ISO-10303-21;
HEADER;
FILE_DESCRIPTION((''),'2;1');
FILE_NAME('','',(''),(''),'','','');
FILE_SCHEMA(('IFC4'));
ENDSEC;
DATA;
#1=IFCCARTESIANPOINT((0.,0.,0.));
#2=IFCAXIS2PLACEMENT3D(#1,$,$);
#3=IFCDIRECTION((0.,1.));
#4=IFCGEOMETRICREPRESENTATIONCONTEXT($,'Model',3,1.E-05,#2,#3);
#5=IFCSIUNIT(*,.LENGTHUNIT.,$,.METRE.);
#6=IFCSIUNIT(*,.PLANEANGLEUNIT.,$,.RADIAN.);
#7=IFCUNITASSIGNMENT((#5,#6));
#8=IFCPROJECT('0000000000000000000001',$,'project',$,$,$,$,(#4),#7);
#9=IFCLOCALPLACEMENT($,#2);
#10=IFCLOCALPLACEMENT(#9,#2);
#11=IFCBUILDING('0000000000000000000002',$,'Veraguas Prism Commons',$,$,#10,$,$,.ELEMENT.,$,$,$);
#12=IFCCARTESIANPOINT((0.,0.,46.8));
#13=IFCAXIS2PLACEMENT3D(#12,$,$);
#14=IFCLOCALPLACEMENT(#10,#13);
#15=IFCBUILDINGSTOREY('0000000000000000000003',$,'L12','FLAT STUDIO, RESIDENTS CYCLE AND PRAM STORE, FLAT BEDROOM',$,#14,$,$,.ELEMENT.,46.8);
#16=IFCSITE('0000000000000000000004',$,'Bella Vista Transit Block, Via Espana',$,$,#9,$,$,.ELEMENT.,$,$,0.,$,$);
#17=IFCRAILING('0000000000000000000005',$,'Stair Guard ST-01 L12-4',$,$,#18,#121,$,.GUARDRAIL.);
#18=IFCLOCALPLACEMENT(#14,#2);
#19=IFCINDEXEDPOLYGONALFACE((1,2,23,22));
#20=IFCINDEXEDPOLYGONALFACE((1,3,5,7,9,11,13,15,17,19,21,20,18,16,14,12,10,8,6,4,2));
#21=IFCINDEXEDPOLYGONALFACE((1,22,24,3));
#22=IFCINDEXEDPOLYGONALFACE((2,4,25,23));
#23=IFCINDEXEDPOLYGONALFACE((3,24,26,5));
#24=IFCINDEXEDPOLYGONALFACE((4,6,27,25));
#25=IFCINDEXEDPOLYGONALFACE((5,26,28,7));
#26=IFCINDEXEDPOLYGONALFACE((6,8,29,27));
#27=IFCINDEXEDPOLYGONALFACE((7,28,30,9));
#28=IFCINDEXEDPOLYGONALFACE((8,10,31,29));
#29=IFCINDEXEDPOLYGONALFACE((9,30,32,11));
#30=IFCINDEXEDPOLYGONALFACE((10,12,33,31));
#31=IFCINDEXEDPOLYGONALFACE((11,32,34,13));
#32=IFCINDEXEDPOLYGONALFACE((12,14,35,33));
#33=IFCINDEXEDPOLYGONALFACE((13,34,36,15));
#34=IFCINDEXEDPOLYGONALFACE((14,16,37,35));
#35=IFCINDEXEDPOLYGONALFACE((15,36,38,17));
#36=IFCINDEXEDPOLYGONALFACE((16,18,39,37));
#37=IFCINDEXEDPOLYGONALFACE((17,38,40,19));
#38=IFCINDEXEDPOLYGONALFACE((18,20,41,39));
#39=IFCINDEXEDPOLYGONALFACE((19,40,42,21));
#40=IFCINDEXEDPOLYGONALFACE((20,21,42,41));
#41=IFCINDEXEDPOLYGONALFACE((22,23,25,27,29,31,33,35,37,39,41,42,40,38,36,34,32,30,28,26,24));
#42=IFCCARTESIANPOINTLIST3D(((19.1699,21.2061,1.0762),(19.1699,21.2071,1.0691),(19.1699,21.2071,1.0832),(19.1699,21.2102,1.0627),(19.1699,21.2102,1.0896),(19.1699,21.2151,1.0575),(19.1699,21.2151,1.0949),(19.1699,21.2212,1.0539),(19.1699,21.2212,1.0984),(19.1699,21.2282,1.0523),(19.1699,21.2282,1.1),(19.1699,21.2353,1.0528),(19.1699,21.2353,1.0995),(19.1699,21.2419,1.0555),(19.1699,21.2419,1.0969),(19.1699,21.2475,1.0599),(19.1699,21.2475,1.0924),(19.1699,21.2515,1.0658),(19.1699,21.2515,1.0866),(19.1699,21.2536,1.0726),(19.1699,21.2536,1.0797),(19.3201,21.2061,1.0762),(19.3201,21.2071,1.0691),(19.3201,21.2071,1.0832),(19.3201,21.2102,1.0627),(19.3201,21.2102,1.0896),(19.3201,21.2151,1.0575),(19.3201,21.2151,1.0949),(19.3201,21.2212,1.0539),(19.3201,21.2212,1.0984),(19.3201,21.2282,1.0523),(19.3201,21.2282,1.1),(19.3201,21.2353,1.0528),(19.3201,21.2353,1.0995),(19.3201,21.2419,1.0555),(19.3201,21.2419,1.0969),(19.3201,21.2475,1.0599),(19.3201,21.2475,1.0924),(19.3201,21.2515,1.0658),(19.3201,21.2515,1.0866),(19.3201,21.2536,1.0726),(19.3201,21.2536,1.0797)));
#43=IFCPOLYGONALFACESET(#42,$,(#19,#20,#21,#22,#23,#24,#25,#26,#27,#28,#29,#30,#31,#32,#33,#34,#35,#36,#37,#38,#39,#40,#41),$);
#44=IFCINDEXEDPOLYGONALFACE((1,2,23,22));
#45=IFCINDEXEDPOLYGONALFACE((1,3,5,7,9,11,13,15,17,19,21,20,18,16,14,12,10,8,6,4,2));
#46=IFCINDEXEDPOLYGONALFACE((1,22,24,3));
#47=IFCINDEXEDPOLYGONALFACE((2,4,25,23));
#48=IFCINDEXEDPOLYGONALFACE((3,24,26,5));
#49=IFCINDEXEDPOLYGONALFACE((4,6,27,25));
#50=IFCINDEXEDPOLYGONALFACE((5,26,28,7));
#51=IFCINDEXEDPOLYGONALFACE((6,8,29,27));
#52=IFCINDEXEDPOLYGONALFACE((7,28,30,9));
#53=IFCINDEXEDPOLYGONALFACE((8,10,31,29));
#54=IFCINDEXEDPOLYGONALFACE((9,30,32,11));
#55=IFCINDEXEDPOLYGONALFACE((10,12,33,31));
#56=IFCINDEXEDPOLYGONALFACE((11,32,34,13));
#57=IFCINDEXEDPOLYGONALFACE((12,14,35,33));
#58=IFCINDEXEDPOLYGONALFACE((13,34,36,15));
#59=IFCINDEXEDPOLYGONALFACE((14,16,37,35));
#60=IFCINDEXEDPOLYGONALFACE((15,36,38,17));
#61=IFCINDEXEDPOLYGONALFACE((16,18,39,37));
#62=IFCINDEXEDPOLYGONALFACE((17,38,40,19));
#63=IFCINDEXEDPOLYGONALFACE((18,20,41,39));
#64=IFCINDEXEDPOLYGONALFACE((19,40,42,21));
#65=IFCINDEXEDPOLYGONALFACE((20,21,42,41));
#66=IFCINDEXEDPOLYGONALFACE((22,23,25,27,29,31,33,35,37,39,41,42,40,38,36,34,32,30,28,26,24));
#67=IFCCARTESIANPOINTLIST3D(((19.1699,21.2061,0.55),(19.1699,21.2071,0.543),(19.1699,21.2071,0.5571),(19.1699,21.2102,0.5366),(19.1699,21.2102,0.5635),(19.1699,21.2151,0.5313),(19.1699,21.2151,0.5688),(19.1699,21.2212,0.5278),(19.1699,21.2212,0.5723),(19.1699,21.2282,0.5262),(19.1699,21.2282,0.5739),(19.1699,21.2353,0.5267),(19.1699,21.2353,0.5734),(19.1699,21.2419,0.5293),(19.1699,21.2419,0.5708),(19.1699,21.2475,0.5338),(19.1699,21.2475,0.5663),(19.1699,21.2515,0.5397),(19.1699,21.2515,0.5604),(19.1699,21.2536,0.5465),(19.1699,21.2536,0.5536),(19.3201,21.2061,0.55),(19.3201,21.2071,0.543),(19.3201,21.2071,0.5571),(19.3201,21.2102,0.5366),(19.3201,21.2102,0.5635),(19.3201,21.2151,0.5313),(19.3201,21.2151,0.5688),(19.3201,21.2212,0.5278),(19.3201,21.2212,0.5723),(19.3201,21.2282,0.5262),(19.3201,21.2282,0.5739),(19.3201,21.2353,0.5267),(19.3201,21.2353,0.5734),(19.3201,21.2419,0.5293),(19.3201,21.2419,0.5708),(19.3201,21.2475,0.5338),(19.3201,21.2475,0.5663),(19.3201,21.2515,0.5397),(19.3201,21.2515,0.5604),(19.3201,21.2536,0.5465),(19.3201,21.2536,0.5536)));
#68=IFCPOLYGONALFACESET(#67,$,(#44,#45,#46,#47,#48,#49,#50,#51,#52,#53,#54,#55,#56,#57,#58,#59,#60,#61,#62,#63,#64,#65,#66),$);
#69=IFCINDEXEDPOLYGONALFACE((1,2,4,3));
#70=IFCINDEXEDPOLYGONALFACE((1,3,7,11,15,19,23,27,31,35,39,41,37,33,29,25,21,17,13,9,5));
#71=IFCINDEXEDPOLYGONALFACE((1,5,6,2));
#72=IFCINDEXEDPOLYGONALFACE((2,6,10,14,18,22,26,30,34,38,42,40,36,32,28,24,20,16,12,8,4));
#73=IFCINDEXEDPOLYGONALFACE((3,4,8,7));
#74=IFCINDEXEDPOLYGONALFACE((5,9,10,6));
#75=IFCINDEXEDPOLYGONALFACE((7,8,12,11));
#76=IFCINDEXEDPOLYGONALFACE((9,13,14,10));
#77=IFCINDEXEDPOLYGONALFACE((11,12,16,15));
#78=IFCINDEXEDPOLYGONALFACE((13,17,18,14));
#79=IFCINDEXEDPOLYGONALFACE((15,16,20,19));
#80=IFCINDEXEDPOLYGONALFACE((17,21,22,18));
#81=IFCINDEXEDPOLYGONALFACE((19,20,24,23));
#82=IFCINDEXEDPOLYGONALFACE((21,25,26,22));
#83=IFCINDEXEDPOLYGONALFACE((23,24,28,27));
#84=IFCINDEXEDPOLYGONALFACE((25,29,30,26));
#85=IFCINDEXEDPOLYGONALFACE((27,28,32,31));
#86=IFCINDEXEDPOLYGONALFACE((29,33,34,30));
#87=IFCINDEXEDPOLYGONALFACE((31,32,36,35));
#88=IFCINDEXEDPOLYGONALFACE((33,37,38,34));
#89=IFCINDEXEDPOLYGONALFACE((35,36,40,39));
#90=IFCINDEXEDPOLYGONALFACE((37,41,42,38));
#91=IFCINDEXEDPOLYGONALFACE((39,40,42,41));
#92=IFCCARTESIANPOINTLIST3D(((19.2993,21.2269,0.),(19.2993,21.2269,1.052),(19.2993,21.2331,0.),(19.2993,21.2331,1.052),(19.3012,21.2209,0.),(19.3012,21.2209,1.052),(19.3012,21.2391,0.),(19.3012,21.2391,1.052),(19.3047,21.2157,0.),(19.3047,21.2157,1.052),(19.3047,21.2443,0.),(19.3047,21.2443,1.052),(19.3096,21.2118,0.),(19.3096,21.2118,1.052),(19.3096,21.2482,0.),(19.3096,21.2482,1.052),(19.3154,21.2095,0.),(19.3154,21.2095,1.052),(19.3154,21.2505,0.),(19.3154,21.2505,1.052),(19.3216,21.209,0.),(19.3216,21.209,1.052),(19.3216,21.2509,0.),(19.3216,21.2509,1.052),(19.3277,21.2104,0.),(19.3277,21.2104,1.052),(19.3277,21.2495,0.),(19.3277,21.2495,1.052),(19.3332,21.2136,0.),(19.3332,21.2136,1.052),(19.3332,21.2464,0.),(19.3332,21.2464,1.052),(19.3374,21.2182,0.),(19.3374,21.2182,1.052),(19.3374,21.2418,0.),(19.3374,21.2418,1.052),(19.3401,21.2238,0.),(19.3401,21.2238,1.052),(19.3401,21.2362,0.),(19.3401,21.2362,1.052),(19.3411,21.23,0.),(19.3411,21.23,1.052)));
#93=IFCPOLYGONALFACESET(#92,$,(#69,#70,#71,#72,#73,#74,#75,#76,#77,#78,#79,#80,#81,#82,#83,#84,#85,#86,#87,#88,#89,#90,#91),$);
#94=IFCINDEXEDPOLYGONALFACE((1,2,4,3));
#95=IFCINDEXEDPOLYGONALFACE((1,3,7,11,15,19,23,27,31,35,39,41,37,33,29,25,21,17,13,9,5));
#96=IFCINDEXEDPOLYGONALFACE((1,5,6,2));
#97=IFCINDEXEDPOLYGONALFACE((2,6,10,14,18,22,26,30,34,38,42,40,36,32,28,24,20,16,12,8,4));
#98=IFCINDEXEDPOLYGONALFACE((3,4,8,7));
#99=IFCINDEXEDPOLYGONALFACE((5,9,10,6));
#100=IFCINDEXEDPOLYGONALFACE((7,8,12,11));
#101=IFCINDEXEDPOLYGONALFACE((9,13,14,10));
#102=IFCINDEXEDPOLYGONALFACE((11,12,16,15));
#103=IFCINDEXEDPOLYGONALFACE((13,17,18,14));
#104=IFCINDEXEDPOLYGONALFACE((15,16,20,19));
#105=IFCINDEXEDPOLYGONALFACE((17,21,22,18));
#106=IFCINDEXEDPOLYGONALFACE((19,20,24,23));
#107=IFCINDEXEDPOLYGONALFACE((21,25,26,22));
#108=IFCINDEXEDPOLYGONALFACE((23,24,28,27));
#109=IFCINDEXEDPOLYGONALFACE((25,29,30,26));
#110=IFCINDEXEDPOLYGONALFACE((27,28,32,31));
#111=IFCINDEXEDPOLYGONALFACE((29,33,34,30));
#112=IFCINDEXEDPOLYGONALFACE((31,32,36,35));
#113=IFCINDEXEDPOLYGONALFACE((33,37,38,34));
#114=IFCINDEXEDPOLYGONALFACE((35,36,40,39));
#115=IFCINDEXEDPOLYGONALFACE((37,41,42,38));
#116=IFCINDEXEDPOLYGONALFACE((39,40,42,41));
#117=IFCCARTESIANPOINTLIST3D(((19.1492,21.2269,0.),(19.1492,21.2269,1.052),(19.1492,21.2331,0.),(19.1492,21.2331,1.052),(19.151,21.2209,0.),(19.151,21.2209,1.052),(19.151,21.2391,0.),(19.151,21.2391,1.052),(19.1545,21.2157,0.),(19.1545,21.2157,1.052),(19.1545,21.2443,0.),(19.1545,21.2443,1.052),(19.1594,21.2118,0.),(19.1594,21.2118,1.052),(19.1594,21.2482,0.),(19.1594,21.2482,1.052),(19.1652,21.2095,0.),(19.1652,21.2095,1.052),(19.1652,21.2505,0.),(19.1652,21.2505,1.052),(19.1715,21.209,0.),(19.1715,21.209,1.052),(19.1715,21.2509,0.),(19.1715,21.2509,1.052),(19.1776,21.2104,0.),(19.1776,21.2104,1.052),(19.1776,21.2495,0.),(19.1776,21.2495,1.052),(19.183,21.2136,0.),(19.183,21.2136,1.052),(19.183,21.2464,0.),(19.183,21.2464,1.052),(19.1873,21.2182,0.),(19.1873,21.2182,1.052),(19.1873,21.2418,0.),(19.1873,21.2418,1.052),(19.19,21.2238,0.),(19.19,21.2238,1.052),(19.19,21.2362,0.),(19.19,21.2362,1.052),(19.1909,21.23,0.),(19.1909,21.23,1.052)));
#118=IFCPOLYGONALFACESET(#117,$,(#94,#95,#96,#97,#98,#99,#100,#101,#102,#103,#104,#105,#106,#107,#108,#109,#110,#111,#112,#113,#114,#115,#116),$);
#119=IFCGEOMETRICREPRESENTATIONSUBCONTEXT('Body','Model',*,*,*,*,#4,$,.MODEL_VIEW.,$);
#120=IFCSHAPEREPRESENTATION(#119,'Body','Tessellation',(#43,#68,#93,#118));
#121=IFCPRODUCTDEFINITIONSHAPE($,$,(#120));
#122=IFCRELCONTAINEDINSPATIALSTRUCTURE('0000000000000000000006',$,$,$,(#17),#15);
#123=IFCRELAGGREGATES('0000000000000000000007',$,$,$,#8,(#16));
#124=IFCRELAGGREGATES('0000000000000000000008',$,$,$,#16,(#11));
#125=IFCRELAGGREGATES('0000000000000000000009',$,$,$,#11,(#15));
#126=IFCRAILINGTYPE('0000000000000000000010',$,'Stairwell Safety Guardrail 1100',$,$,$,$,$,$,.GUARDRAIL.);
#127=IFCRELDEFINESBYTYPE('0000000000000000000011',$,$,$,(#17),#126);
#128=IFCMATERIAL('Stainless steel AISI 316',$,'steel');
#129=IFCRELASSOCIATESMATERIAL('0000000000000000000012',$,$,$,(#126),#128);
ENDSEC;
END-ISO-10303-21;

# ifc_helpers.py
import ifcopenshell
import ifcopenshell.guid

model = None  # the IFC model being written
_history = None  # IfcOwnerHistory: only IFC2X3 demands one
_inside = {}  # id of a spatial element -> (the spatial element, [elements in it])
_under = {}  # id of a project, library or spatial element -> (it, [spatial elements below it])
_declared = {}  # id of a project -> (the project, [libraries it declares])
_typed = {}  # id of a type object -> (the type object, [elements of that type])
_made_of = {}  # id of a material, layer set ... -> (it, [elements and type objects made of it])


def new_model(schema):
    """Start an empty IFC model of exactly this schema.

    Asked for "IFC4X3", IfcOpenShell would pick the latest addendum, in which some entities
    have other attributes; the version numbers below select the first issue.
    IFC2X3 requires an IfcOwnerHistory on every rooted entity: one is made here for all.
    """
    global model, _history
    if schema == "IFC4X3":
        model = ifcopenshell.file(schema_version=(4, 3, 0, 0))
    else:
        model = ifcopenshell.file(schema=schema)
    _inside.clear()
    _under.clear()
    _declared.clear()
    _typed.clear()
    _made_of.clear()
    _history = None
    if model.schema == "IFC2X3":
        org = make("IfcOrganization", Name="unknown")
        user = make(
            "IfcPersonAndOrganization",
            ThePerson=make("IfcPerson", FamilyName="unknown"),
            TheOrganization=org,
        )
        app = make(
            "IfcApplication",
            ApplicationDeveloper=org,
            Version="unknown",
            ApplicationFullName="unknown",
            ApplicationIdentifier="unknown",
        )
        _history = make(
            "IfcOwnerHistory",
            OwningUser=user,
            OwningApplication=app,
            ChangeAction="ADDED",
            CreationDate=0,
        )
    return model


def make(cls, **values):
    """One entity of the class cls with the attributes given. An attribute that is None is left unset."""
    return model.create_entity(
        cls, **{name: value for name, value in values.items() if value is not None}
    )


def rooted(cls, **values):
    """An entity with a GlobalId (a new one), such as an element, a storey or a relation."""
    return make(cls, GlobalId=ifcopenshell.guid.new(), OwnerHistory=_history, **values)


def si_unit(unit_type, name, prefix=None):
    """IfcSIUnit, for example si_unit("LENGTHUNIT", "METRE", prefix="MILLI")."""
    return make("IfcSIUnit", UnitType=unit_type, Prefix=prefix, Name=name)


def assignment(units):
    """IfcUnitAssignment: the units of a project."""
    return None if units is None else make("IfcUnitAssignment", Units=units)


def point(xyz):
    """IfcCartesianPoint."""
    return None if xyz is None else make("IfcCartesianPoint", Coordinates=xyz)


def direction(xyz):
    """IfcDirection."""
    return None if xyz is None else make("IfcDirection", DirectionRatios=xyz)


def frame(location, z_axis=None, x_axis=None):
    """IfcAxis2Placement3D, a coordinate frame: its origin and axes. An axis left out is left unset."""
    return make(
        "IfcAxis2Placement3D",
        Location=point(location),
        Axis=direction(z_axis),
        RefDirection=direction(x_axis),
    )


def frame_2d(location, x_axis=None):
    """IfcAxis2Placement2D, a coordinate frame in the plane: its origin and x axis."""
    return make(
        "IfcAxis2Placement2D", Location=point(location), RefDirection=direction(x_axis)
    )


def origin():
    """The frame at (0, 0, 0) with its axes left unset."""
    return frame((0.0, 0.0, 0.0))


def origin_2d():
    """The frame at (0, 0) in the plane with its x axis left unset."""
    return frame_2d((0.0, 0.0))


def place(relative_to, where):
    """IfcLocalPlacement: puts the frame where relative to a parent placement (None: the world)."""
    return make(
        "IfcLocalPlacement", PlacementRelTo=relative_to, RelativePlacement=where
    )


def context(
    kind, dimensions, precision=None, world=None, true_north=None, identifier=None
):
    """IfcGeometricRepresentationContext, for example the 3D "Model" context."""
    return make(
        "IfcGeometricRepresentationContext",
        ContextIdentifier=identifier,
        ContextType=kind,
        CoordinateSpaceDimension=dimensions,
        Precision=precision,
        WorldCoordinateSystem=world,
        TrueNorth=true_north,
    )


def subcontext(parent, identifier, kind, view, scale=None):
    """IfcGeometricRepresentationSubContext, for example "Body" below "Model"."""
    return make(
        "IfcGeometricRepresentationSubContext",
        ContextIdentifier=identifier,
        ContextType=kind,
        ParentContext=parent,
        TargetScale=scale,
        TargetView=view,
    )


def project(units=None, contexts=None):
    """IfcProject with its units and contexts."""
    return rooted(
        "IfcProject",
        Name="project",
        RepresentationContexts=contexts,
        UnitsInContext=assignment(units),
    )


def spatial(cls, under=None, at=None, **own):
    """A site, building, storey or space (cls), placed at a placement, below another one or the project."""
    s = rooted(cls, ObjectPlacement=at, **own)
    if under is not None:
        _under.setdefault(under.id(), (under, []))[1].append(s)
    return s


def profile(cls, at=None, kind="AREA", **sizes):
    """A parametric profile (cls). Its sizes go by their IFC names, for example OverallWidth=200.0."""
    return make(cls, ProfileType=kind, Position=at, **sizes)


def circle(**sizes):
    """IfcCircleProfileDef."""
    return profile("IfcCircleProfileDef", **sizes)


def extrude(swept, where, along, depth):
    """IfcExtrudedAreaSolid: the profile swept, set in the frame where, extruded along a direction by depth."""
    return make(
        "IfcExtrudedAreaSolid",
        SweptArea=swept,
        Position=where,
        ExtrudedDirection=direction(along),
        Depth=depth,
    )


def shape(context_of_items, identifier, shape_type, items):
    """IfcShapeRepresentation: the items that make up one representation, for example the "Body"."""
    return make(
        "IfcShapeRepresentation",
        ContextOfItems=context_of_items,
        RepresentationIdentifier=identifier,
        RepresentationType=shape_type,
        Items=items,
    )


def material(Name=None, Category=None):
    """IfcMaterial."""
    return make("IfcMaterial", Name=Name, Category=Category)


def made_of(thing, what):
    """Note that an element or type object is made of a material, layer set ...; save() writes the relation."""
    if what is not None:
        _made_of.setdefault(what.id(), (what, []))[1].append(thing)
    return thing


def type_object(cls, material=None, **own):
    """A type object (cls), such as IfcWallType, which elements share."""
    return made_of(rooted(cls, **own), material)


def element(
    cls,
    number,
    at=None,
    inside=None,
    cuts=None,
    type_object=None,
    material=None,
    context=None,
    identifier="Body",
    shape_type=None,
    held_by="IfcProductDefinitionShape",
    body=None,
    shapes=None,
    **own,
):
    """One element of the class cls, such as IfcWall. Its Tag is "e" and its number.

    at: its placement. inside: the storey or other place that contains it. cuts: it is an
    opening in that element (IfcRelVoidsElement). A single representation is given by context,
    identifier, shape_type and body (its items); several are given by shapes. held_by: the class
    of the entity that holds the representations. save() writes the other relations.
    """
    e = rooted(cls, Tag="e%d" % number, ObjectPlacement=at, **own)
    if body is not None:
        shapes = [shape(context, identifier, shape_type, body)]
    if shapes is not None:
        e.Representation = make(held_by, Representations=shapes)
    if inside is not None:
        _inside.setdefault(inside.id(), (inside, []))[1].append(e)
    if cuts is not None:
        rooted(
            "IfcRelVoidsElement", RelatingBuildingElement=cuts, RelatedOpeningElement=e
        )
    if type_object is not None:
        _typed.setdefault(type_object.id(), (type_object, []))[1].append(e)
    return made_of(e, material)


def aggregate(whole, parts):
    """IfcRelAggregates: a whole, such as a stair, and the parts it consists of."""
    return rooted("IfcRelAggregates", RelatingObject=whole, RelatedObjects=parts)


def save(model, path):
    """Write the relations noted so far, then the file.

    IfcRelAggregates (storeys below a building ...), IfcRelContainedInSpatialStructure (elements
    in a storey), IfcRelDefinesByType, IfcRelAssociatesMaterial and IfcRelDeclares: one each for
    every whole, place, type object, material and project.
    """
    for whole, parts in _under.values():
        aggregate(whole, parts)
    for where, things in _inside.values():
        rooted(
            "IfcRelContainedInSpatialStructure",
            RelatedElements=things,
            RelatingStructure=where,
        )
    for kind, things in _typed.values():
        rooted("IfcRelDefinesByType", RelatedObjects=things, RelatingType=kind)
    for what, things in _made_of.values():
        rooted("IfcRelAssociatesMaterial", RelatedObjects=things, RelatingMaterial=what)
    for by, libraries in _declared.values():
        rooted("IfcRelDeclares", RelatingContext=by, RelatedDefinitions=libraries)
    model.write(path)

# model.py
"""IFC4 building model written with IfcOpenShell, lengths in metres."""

from ifc_helpers import new_model, si_unit, direction, frame, origin, origin_2d, place, context, subcontext, project, spatial, circle, extrude, material, type_object, element, save


model = new_model("IFC4")

# Units and contexts
model_context = context("Model", 3, precision=1e-05, world=origin(), true_north=direction((0.0, 1.0)))
body_context = subcontext(model_context, "Body", "Model", "MODEL_VIEW")
ifc_project = project(units=[si_unit("LENGTHUNIT", "METRE"), si_unit("PLANEANGLEUNIT", "RADIAN")], contexts=[model_context])

# Site, building, storey
site_placement = place(None, origin())
site = spatial("IfcSite", under=ifc_project, at=site_placement, Name="Bella Vista Transit Block, Via Espana", CompositionType="ELEMENT", RefElevation=0.0)
building_placement = place(site_placement, origin())
building = spatial("IfcBuilding", under=site, at=building_placement, Name="Veraguas Prism Commons", CompositionType="ELEMENT")
storey_placement = place(building_placement, frame((0.0, 0.0, 46.8)))
storey = spatial("IfcBuildingStorey", under=building, at=storey_placement, Name="L12", Description="FLAT STUDIO, RESIDENTS CYCLE AND PRAM STORE, FLAT BEDROOM", CompositionType="ELEMENT", Elevation=46.8)

# Railing
ifc_material_1 = material(Name="Stainless steel AISI 316", Category="steel")
railing_type_1 = type_object("IfcRailingType", Name="Stairwell Safety Guardrail 1100", PredefinedType="GUARDRAIL", material=ifc_material_1)
railing_1_placement = place(storey_placement, frame((19.3201, 21.23, 0.0)))
element("IfcRailing", 1, at=railing_1_placement, inside=storey, type_object=railing_type_1, Name="Stair Guard ST-01 L12-4", PredefinedType="GUARDRAIL", context=body_context, shape_type="SweptSolid", body=[
    extrude(circle(Radius=0.0239, at=origin_2d()), frame((0.0, 0.0, 1.0762), z_axis=(-1.0, 0.0, 0.0), x_axis=(0.0, -1.0, 0.0)), (0.0, 0.0, 1.0), 0.1501),
    extrude(circle(Radius=0.0239, at=origin_2d()), frame((0.0, 0.0, 0.55), z_axis=(-1.0, 0.0, 0.0), x_axis=(0.0, -1.0, 0.0)), (0.0, 0.0, 1.0), 0.1501),
    extrude(circle(Radius=0.021, at=origin_2d()), origin(), (0.0, 0.0, 1.0), 1.052),
    extrude(circle(Radius=0.021, at=origin_2d()), frame((-0.1501, 0.0, 0.0)), (0.0, 0.0, 1.0), 1.052),
])

save(model, "model.ifc")
